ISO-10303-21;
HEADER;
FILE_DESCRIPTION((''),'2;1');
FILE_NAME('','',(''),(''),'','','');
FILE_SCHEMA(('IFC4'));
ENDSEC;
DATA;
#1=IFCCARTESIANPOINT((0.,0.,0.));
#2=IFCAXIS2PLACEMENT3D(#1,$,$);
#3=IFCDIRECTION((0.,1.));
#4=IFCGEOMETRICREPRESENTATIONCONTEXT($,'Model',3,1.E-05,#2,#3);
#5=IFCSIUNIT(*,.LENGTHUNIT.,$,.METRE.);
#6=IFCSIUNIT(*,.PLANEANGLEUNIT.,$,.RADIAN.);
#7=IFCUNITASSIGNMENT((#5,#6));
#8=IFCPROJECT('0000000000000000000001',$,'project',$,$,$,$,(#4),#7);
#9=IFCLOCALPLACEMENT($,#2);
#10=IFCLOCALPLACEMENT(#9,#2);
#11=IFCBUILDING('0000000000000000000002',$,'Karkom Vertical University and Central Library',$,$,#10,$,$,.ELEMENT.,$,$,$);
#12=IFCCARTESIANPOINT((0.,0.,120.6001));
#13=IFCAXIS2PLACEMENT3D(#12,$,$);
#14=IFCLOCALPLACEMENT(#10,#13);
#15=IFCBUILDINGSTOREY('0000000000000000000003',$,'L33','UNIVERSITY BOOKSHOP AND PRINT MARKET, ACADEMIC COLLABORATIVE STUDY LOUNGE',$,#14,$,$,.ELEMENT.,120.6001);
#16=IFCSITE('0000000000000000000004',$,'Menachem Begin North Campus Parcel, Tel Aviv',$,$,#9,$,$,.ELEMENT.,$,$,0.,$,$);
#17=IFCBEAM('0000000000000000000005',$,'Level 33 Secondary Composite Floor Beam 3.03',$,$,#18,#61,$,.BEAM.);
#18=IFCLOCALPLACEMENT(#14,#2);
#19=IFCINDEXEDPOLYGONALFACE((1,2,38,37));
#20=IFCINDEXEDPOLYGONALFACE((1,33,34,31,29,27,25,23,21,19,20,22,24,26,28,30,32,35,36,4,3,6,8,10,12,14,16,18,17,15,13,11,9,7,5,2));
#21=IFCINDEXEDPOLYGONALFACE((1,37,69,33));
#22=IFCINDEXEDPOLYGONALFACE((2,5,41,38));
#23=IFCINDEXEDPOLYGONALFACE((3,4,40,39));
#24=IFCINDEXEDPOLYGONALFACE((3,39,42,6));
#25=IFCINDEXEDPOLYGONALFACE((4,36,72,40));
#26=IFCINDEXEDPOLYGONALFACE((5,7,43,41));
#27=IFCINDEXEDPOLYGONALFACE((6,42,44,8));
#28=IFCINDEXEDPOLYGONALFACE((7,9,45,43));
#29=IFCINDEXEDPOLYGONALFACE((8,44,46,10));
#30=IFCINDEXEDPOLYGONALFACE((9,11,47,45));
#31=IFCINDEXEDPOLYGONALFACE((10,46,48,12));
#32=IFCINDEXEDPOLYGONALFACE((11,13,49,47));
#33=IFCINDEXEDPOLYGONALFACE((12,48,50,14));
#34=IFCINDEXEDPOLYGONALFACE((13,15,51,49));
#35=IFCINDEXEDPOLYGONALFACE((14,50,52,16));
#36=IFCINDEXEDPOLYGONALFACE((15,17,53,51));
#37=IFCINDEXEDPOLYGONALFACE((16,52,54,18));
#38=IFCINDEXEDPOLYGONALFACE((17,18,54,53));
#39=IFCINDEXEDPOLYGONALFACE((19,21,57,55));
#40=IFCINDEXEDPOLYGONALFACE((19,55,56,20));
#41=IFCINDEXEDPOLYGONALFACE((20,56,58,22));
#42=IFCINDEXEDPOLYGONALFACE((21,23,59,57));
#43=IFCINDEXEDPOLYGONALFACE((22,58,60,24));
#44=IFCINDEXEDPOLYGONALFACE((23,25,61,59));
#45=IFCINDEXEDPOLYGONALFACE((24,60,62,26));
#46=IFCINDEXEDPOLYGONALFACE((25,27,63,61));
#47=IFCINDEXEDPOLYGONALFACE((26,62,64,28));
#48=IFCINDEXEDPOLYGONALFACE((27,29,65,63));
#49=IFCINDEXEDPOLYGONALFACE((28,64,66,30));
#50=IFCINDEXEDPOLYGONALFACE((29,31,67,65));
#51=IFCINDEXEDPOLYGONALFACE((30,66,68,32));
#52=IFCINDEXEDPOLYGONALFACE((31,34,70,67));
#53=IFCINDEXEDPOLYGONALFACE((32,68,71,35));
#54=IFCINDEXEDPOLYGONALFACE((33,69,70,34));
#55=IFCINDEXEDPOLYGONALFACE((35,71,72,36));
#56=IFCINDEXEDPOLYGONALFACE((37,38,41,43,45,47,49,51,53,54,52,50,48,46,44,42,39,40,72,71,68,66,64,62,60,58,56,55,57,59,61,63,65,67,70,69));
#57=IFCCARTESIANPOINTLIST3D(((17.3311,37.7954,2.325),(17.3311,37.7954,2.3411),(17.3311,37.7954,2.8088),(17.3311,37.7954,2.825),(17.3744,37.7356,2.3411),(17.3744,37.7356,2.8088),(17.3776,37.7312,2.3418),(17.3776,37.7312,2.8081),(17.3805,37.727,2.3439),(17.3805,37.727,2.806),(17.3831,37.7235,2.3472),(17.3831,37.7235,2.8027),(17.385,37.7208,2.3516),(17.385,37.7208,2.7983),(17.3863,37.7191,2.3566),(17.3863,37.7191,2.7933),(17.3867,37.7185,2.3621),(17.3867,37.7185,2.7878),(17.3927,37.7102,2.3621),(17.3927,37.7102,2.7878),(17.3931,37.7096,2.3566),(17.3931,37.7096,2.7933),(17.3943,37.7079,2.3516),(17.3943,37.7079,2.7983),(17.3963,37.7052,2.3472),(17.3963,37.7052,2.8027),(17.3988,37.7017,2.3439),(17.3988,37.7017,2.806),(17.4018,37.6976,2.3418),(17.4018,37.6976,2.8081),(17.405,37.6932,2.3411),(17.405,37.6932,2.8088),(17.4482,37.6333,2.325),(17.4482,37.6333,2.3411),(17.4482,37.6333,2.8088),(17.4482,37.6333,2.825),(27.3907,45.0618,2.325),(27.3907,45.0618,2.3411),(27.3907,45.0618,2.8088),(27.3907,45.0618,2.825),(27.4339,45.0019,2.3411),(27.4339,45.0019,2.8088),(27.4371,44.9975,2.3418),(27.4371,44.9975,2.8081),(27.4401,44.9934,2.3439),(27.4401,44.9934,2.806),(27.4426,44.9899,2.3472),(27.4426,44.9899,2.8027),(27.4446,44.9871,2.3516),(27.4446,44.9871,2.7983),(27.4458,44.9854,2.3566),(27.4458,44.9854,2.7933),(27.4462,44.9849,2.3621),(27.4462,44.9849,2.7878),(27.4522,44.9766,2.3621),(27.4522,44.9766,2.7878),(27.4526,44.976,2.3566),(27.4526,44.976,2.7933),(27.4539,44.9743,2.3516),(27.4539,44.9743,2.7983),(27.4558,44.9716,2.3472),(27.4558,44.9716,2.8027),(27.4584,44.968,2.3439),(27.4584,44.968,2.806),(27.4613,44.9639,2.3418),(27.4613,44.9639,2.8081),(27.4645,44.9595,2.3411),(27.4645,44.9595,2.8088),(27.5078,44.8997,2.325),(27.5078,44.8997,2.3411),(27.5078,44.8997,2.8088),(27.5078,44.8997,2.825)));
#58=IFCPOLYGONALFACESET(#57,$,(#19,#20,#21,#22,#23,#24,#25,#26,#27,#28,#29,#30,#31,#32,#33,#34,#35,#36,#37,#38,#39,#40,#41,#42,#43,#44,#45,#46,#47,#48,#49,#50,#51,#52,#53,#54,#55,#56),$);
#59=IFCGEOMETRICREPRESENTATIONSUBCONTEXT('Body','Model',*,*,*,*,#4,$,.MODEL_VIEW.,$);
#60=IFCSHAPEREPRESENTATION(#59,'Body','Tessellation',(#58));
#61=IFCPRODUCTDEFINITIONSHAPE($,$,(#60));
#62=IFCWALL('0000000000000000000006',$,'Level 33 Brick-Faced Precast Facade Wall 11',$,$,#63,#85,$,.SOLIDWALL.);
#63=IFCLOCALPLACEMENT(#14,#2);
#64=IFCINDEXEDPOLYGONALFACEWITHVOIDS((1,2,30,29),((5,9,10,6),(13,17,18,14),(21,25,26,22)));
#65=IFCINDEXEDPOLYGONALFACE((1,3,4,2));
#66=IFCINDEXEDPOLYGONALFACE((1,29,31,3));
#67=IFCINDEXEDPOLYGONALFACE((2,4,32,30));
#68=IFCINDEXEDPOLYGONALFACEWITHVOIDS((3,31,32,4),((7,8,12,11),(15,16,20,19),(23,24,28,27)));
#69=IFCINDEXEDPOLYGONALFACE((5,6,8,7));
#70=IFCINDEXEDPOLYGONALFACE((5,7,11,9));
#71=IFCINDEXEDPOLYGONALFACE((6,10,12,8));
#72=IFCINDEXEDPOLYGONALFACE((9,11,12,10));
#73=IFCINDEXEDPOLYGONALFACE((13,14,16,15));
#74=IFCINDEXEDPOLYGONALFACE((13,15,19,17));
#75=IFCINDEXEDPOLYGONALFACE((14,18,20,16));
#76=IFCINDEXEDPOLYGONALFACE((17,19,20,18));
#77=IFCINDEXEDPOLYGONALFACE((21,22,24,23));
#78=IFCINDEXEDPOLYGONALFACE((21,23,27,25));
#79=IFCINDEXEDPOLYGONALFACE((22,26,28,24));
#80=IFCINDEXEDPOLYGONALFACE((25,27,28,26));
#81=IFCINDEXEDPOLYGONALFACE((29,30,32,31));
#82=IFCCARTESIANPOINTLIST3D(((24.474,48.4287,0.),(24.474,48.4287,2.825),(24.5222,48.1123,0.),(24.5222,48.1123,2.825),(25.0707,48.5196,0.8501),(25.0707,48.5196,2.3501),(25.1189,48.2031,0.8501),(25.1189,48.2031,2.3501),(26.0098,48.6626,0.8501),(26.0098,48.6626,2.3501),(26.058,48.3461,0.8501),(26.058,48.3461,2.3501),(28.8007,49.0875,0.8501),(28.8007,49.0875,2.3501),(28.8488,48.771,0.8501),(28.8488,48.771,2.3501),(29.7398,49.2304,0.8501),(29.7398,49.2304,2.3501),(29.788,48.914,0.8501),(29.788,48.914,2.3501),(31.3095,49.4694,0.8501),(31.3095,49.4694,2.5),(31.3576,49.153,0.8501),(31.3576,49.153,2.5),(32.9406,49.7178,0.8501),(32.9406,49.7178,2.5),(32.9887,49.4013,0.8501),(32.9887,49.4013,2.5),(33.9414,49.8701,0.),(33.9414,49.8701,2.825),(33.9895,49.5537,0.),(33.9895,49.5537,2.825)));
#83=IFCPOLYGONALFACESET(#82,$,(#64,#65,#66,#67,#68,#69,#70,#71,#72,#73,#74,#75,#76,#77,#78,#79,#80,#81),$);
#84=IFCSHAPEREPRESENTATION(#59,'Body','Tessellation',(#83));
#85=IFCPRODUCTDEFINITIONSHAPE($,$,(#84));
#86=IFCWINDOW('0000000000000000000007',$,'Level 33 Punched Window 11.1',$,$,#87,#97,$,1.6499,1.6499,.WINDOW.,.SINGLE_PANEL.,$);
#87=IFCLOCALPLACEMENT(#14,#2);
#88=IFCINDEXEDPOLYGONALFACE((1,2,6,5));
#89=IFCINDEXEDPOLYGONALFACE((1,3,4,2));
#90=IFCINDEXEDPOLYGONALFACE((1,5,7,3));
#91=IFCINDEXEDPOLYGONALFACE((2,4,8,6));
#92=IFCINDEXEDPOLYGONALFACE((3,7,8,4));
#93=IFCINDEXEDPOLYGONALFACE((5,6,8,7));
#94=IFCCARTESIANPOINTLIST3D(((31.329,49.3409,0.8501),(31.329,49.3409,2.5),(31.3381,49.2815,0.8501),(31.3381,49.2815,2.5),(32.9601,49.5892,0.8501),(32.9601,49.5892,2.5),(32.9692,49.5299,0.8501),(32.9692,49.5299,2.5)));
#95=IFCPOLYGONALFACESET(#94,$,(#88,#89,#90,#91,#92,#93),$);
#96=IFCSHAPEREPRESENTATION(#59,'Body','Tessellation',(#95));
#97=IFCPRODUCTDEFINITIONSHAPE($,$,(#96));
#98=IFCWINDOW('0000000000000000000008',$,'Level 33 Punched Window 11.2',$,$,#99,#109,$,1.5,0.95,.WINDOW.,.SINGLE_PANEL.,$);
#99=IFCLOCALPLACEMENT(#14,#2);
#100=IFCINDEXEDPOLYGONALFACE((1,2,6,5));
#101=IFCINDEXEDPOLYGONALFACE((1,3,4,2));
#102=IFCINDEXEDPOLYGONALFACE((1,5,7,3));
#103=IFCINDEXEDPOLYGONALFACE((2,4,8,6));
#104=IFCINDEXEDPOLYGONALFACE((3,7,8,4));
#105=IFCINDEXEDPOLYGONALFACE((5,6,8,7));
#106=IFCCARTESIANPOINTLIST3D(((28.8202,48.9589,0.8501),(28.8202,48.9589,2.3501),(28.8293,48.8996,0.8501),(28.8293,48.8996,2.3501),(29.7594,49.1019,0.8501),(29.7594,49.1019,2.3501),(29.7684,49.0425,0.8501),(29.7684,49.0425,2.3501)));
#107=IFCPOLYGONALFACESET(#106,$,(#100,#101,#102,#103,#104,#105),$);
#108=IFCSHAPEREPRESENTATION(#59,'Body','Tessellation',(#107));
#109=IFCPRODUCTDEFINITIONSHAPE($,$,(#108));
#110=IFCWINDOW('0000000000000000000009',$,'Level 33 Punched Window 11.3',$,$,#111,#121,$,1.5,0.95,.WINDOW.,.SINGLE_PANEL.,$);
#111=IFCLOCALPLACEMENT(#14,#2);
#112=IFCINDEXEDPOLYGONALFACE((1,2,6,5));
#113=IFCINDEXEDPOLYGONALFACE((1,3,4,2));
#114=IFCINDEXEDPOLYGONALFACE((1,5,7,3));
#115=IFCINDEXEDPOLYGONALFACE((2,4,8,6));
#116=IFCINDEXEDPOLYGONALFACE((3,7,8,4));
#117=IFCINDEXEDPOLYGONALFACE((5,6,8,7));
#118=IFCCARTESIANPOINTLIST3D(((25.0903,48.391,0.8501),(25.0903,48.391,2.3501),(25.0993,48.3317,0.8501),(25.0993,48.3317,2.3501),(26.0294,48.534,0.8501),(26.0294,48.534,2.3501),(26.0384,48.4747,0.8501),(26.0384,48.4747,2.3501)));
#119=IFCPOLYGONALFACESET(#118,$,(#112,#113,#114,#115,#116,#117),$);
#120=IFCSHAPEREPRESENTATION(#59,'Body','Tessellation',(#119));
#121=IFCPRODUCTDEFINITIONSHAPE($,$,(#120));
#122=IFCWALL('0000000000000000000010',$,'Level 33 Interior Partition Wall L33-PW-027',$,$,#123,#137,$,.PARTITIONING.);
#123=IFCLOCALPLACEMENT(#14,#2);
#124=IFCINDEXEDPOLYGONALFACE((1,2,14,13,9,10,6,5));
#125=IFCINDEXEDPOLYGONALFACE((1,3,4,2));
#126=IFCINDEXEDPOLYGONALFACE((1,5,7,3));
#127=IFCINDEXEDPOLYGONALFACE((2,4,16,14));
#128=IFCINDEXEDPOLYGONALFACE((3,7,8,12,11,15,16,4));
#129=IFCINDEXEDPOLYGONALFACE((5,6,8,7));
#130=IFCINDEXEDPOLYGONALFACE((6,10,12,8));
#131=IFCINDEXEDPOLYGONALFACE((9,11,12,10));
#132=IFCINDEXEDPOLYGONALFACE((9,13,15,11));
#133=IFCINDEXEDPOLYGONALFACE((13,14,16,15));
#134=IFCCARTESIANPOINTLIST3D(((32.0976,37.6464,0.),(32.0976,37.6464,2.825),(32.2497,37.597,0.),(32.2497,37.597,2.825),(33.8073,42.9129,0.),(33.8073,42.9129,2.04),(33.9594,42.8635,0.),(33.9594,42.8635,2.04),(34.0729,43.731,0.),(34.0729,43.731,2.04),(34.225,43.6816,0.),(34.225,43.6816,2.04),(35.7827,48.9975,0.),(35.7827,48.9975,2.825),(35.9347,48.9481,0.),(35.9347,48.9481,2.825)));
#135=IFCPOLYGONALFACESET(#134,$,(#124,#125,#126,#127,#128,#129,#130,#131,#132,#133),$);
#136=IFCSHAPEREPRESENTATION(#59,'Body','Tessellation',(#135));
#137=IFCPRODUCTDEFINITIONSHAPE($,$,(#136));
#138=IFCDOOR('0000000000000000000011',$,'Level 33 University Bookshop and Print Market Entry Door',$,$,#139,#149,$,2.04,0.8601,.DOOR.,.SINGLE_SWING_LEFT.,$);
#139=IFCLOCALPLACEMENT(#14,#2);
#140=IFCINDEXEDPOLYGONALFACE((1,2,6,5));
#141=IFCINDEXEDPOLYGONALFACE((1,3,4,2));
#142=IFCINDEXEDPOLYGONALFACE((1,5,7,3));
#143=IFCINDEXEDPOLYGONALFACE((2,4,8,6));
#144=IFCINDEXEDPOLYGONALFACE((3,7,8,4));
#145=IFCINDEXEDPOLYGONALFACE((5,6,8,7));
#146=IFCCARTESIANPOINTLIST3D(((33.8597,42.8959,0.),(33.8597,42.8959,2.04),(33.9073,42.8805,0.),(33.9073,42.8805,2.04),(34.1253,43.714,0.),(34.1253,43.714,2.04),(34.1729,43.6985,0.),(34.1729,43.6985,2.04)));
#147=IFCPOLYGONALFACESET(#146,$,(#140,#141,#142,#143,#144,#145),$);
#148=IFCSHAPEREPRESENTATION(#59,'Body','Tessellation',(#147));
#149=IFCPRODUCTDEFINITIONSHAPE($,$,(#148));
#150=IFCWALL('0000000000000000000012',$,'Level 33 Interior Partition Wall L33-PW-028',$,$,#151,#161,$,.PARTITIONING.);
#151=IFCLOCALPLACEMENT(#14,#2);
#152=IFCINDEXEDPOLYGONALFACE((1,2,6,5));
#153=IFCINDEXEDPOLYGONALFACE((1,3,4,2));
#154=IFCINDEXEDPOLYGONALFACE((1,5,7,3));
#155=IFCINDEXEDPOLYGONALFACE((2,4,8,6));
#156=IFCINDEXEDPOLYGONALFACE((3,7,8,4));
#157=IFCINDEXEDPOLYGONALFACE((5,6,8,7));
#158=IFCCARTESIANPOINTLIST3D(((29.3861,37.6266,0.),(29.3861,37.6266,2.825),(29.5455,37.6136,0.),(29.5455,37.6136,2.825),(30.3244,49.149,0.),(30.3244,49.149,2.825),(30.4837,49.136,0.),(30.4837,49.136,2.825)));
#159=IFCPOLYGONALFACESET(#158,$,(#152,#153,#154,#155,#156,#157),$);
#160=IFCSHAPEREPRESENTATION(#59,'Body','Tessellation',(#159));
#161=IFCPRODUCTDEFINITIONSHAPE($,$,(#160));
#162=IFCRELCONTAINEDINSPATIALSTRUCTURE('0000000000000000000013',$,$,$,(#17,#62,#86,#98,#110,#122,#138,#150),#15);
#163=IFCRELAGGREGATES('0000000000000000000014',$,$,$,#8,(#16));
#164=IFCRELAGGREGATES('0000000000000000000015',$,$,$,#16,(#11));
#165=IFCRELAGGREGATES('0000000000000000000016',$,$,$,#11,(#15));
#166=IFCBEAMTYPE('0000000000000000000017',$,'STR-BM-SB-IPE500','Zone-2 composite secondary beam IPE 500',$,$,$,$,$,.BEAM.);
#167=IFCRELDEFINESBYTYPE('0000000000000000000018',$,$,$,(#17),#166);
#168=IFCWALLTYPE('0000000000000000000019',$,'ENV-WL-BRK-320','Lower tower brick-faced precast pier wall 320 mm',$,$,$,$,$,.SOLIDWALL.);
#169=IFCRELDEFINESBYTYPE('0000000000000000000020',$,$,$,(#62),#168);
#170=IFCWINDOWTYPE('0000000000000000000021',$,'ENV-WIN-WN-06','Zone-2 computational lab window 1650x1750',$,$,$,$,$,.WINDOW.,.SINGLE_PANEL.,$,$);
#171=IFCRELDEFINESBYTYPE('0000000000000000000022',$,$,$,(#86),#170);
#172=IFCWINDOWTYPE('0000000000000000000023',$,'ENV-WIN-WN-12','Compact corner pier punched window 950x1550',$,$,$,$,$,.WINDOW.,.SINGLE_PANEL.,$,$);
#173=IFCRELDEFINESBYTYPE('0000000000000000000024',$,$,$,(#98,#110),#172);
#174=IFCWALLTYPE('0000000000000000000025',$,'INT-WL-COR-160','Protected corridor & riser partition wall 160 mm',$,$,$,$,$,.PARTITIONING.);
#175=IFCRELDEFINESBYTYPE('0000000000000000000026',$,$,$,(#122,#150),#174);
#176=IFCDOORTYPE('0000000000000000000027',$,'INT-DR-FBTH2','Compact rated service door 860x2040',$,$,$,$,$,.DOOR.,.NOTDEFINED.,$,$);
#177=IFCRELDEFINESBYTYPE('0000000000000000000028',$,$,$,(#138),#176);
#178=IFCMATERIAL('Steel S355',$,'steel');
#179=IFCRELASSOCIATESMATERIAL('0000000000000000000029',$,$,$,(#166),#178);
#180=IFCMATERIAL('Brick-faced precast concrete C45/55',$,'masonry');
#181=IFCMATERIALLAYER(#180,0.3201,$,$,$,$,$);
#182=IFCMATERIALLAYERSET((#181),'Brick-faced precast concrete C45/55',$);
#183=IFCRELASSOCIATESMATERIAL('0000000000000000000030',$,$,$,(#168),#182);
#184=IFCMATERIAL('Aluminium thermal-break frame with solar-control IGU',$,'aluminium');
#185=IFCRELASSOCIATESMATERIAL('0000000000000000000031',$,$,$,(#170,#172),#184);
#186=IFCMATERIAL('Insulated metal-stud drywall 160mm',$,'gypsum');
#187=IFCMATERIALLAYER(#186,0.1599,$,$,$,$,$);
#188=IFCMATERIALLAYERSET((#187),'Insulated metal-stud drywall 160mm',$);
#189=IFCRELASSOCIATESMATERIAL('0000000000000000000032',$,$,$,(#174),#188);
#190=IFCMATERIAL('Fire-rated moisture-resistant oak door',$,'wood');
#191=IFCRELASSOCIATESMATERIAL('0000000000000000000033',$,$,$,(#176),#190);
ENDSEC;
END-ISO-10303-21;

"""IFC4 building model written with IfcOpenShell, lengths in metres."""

from ifc_helpers import new_model, si_unit, direction, frame, frame_2d, origin, origin_with_axes, origin_2d, place, context, subcontext, project, spatial, rectangle, i_section, extrude, source, transform, mapped, material, layer, layer_set, material_profile, profile_set, type_object, element, fill, save


model = new_model("IFC4")

# Units and contexts
model_context = context("Model", 3, precision=1e-05, world=origin(), true_north=direction((0.0, 1.0)))
body_context = subcontext(model_context, "Body", "Model", "MODEL_VIEW")
ifc_project = project(units=[si_unit("LENGTHUNIT", "METRE"), si_unit("PLANEANGLEUNIT", "RADIAN")], contexts=[model_context])

# Site, building, storey
site_placement = place(None, origin())
site = spatial("IfcSite", under=ifc_project, at=site_placement, Name="Menachem Begin North Campus Parcel, Tel Aviv", CompositionType="ELEMENT", RefElevation=0.0)
building_placement = place(site_placement, origin())
building = spatial("IfcBuilding", under=site, at=building_placement, Name="Karkom Vertical University and Central Library", CompositionType="ELEMENT")
storey_placement = place(building_placement, frame((0.0, 0.0, 120.6001)))
storey = spatial("IfcBuildingStorey", under=building, at=storey_placement, Name="L33", Description="UNIVERSITY BOOKSHOP AND PRINT MARKET, ACADEMIC COLLABORATIVE STUDY LOUNGE", CompositionType="ELEMENT", Elevation=120.6001)

# Beam
ifc_material_1 = material(Name="Steel S355", Category="steel")
ifc_material_profile_1 = material_profile(ifc_material_1, i_section(OverallWidth=0.2, OverallDepth=0.5, WebThickness=0.0103, FlangeThickness=0.0161, FilletRadius=0.021, at=origin_2d()), Name="IPE 500")
ifc_profile_set_1 = profile_set([ifc_material_profile_1], Name="Steel S355")
beam_type_1 = type_object("IfcBeamType", Name="STR-BM-SB-IPE500", Description="Zone-2 composite secondary beam IPE 500", PredefinedType="BEAM", material=ifc_profile_set_1)
shared_shape_1 = source(origin_with_axes(), body_context, "Body", "SweptSolid", [
    extrude(i_section(OverallWidth=0.2, OverallDepth=0.5, WebThickness=0.0103, FlangeThickness=0.0161, FilletRadius=0.021, at=origin_2d()), origin(), (0.0, 0.0, 1.0), 12.4094),
])
beam_1_placement = place(storey_placement, frame((27.4492, 44.9807, 2.575), z_axis=(-0.810637, -0.585549, 0.0), x_axis=(0.585549, -0.810637, 0.0)))
element("IfcBeam", 1, at=beam_1_placement, inside=storey, type_object=beam_type_1, Name="Level 33 Secondary Composite Floor Beam 3.03", PredefinedType="BEAM", context=body_context, shape_type="MappedRepresentation", body=[
    mapped(shared_shape_1, transform((0.0, 0.0, 0.0), scale=1.0)),
])

# Wall, openings, windows
ifc_material_2 = material(Name="Brick-faced precast concrete C45/55", Category="masonry")
ifc_layer_1 = layer(ifc_material_2, 0.3201)
ifc_layer_set_1 = layer_set([ifc_layer_1], Name="Brick-faced precast concrete C45/55")
wall_type_1 = type_object("IfcWallType", Name="ENV-WL-BRK-320", Description="Lower tower brick-faced precast pier wall 320 mm", PredefinedType="SOLIDWALL", material=ifc_layer_set_1)
wall_1_placement = place(storey_placement, frame((33.9653, 49.7119, 0.0), z_axis=(0.0, 0.0, 1.0), x_axis=(-0.988607, -0.150517, 0.0)))
wall_1 = element("IfcWall", 2, at=wall_1_placement, inside=storey, type_object=wall_type_1, Name="Level 33 Brick-Faced Precast Facade Wall 11", PredefinedType="SOLIDWALL", context=body_context, shape_type="SweptSolid", body=[
    extrude(rectangle(XDim=9.5764, YDim=0.3201, at=frame_2d((4.7881, 0.0))), origin(), (0.0, 0.0, 1.0), 2.825),
])
opening_1_placement = place(wall_1_placement, frame((1.0122, 0.0, 0.8501)))
opening_1 = element("IfcOpeningElement", 3, at=opening_1_placement, cuts=wall_1, PredefinedType="OPENING", context=body_context, shape_type="SweptSolid", body=[
    extrude(rectangle(XDim=1.6499, YDim=1.6499, at=frame_2d((0.825, 0.825))), frame((0.0, 0.1699, 0.0), z_axis=(0.0, -1.0, 0.0), x_axis=(1.0, 0.0, 0.0)), (0.0, 0.0, 1.0), 0.3401),
])
opening_2_placement = place(wall_1_placement, frame((4.2498, 0.0, 0.8501)))
opening_2 = element("IfcOpeningElement", 4, at=opening_2_placement, cuts=wall_1, PredefinedType="OPENING", context=body_context, shape_type="SweptSolid", body=[
    extrude(rectangle(XDim=0.95, YDim=1.5, at=frame_2d((0.4751, 0.75))), frame((0.0, 0.1699, 0.0), z_axis=(0.0, -1.0, 0.0), x_axis=(1.0, 0.0, 0.0)), (0.0, 0.0, 1.0), 0.3401),
])
opening_3_placement = place(wall_1_placement, frame((8.0227, 0.0, 0.8501)))
opening_3 = element("IfcOpeningElement", 5, at=opening_3_placement, cuts=wall_1, PredefinedType="OPENING", context=body_context, shape_type="SweptSolid", body=[
    extrude(rectangle(XDim=0.95, YDim=1.5, at=frame_2d((0.4751, 0.75))), frame((0.0, 0.1699, 0.0), z_axis=(0.0, -1.0, 0.0), x_axis=(1.0, 0.0, 0.0)), (0.0, 0.0, 1.0), 0.3401),
])
ifc_material_3 = material(Name="Aluminium thermal-break frame with solar-control IGU", Category="aluminium")
window_type_1 = type_object("IfcWindowType", Name="ENV-WIN-WN-06", Description="Zone-2 computational lab window 1650x1750", PartitioningType="SINGLE_PANEL", PredefinedType="WINDOW", material=ifc_material_3)
shared_shape_2 = source(origin_with_axes(), body_context, "Body", "SweptSolid", [
    extrude(rectangle(XDim=1.6499, YDim=1.6499, at=frame_2d((0.825, 0.825))), frame((0.0, 0.03, 0.0), z_axis=(0.0, -1.0, 0.0), x_axis=(1.0, 0.0, 0.0)), (0.0, 0.0, 1.0), 0.0601),
])
window_1_placement = place(opening_1_placement, origin())
window_1 = element("IfcWindow", 6, at=window_1_placement, inside=storey, type_object=window_type_1, Name="Level 33 Punched Window 11.1", OverallHeight=1.6499, OverallWidth=1.6499, PartitioningType="SINGLE_PANEL", PredefinedType="WINDOW", context=body_context, shape_type="MappedRepresentation", body=[
    mapped(shared_shape_2, transform((0.0, 0.0, 0.0), scale=1.0)),
])
fill(opening_1, window_1)
window_type_2 = type_object("IfcWindowType", Name="ENV-WIN-WN-12", Description="Compact corner pier punched window 950x1550", PartitioningType="SINGLE_PANEL", PredefinedType="WINDOW", material=ifc_material_3)
shared_shape_3 = source(origin_with_axes(), body_context, "Body", "SweptSolid", [
    extrude(rectangle(XDim=0.95, YDim=1.5, at=frame_2d((0.4751, 0.75))), frame((0.0, 0.03, 0.0), z_axis=(0.0, -1.0, 0.0), x_axis=(1.0, 0.0, 0.0)), (0.0, 0.0, 1.0), 0.0601),
])
window_2_placement = place(opening_2_placement, origin())
window_2 = element("IfcWindow", 7, at=window_2_placement, inside=storey, type_object=window_type_2, Name="Level 33 Punched Window 11.2", OverallHeight=1.5, OverallWidth=0.95, PartitioningType="SINGLE_PANEL", PredefinedType="WINDOW", context=body_context, shape_type="MappedRepresentation", body=[
    mapped(shared_shape_3, transform((0.0, 0.0, 0.0), scale=1.0)),
])
fill(opening_2, window_2)
window_3_placement = place(opening_3_placement, origin())
window_3 = element("IfcWindow", 8, at=window_3_placement, inside=storey, type_object=window_type_2, Name="Level 33 Punched Window 11.3", OverallHeight=1.5, OverallWidth=0.95, PartitioningType="SINGLE_PANEL", PredefinedType="WINDOW", context=body_context, shape_type="MappedRepresentation", body=[
    mapped(shared_shape_3, transform((0.0, 0.0, 0.0), scale=1.0)),
])
fill(opening_3, window_3)

# Wall, opening, door
ifc_material_4 = material(Name="Insulated metal-stud drywall 160mm", Category="gypsum")
ifc_layer_2 = layer(ifc_material_4, 0.1599)
ifc_layer_set_2 = layer_set([ifc_layer_2], Name="Insulated metal-stud drywall 160mm")
wall_type_2 = type_object("IfcWallType", Name="INT-WL-COR-160", Description="Protected corridor & riser partition wall 160 mm", PredefinedType="PARTITIONING", material=ifc_layer_set_2)
wall_2_placement = place(storey_placement, frame((32.1736, 37.6216, 0.0), z_axis=(0.0, 0.0, 1.0), x_axis=(0.30878, 0.951134, 0.0)))
wall_2 = element("IfcWall", 9, at=wall_2_placement, inside=storey, type_object=wall_type_2, Name="Level 33 Interior Partition Wall L33-PW-027", PredefinedType="PARTITIONING", context=body_context, shape_type="SweptSolid", body=[
    extrude(rectangle(XDim=11.9343, YDim=0.1599, at=frame_2d((5.9673, 0.0))), origin(), (0.0, 0.0, 1.0), 2.825),
])
opening_4_placement = place(wall_2_placement, frame((5.5371, 0.0, 0.0)))
opening_4 = element("IfcOpeningElement", 10, at=opening_4_placement, cuts=wall_2, PredefinedType="OPENING", context=body_context, shape_type="SweptSolid", body=[
    extrude(rectangle(XDim=0.8601, YDim=2.04, at=frame_2d((0.4302, 1.02))), frame((0.0, 0.0898, 0.0), z_axis=(0.0, -1.0, 0.0), x_axis=(1.0, 0.0, 0.0)), (0.0, 0.0, 1.0), 0.1799),
])
ifc_material_5 = material(Name="Fire-rated moisture-resistant oak door", Category="wood")
door_type = type_object("IfcDoorType", Name="INT-DR-FBTH2", Description="Compact rated service door 860x2040", OperationType="NOTDEFINED", PredefinedType="DOOR", material=ifc_material_5)
shared_shape_4 = source(origin_with_axes(), body_context, "Body", "SweptSolid", [
    extrude(rectangle(XDim=0.8601, YDim=2.04, at=frame_2d((0.4302, 1.02))), frame((0.0, 0.0249, 0.0), z_axis=(0.0, -1.0, 0.0), x_axis=(1.0, 0.0, 0.0)), (0.0, 0.0, 1.0), 0.05),
])
door_placement = place(opening_4_placement, origin())
door = element("IfcDoor", 11, at=door_placement, inside=storey, type_object=door_type, Name="Level 33 University Bookshop and Print Market Entry Door", OperationType="SINGLE_SWING_LEFT", OverallHeight=2.04, OverallWidth=0.8601, PredefinedType="DOOR", context=body_context, shape_type="MappedRepresentation", body=[
    mapped(shared_shape_4, transform((0.0, 0.0, 0.0), scale=1.0)),
])
fill(opening_4, door)

# Wall
wall_3_placement = place(storey_placement, frame((29.4658, 37.6201, 0.0), z_axis=(0.0, 0.0, 1.0), x_axis=(0.081158, 0.996701, 0.0)))
element("IfcWall", 12, at=wall_3_placement, inside=storey, type_object=wall_type_2, Name="Level 33 Interior Partition Wall L33-PW-028", PredefinedType="PARTITIONING", context=body_context, shape_type="SweptSolid", body=[
    extrude(rectangle(XDim=11.5605, YDim=0.1599, at=frame_2d((5.7803, 0.0))), origin(), (0.0, 0.0, 1.0), 2.825),
])

save(model, "model.ifc")
